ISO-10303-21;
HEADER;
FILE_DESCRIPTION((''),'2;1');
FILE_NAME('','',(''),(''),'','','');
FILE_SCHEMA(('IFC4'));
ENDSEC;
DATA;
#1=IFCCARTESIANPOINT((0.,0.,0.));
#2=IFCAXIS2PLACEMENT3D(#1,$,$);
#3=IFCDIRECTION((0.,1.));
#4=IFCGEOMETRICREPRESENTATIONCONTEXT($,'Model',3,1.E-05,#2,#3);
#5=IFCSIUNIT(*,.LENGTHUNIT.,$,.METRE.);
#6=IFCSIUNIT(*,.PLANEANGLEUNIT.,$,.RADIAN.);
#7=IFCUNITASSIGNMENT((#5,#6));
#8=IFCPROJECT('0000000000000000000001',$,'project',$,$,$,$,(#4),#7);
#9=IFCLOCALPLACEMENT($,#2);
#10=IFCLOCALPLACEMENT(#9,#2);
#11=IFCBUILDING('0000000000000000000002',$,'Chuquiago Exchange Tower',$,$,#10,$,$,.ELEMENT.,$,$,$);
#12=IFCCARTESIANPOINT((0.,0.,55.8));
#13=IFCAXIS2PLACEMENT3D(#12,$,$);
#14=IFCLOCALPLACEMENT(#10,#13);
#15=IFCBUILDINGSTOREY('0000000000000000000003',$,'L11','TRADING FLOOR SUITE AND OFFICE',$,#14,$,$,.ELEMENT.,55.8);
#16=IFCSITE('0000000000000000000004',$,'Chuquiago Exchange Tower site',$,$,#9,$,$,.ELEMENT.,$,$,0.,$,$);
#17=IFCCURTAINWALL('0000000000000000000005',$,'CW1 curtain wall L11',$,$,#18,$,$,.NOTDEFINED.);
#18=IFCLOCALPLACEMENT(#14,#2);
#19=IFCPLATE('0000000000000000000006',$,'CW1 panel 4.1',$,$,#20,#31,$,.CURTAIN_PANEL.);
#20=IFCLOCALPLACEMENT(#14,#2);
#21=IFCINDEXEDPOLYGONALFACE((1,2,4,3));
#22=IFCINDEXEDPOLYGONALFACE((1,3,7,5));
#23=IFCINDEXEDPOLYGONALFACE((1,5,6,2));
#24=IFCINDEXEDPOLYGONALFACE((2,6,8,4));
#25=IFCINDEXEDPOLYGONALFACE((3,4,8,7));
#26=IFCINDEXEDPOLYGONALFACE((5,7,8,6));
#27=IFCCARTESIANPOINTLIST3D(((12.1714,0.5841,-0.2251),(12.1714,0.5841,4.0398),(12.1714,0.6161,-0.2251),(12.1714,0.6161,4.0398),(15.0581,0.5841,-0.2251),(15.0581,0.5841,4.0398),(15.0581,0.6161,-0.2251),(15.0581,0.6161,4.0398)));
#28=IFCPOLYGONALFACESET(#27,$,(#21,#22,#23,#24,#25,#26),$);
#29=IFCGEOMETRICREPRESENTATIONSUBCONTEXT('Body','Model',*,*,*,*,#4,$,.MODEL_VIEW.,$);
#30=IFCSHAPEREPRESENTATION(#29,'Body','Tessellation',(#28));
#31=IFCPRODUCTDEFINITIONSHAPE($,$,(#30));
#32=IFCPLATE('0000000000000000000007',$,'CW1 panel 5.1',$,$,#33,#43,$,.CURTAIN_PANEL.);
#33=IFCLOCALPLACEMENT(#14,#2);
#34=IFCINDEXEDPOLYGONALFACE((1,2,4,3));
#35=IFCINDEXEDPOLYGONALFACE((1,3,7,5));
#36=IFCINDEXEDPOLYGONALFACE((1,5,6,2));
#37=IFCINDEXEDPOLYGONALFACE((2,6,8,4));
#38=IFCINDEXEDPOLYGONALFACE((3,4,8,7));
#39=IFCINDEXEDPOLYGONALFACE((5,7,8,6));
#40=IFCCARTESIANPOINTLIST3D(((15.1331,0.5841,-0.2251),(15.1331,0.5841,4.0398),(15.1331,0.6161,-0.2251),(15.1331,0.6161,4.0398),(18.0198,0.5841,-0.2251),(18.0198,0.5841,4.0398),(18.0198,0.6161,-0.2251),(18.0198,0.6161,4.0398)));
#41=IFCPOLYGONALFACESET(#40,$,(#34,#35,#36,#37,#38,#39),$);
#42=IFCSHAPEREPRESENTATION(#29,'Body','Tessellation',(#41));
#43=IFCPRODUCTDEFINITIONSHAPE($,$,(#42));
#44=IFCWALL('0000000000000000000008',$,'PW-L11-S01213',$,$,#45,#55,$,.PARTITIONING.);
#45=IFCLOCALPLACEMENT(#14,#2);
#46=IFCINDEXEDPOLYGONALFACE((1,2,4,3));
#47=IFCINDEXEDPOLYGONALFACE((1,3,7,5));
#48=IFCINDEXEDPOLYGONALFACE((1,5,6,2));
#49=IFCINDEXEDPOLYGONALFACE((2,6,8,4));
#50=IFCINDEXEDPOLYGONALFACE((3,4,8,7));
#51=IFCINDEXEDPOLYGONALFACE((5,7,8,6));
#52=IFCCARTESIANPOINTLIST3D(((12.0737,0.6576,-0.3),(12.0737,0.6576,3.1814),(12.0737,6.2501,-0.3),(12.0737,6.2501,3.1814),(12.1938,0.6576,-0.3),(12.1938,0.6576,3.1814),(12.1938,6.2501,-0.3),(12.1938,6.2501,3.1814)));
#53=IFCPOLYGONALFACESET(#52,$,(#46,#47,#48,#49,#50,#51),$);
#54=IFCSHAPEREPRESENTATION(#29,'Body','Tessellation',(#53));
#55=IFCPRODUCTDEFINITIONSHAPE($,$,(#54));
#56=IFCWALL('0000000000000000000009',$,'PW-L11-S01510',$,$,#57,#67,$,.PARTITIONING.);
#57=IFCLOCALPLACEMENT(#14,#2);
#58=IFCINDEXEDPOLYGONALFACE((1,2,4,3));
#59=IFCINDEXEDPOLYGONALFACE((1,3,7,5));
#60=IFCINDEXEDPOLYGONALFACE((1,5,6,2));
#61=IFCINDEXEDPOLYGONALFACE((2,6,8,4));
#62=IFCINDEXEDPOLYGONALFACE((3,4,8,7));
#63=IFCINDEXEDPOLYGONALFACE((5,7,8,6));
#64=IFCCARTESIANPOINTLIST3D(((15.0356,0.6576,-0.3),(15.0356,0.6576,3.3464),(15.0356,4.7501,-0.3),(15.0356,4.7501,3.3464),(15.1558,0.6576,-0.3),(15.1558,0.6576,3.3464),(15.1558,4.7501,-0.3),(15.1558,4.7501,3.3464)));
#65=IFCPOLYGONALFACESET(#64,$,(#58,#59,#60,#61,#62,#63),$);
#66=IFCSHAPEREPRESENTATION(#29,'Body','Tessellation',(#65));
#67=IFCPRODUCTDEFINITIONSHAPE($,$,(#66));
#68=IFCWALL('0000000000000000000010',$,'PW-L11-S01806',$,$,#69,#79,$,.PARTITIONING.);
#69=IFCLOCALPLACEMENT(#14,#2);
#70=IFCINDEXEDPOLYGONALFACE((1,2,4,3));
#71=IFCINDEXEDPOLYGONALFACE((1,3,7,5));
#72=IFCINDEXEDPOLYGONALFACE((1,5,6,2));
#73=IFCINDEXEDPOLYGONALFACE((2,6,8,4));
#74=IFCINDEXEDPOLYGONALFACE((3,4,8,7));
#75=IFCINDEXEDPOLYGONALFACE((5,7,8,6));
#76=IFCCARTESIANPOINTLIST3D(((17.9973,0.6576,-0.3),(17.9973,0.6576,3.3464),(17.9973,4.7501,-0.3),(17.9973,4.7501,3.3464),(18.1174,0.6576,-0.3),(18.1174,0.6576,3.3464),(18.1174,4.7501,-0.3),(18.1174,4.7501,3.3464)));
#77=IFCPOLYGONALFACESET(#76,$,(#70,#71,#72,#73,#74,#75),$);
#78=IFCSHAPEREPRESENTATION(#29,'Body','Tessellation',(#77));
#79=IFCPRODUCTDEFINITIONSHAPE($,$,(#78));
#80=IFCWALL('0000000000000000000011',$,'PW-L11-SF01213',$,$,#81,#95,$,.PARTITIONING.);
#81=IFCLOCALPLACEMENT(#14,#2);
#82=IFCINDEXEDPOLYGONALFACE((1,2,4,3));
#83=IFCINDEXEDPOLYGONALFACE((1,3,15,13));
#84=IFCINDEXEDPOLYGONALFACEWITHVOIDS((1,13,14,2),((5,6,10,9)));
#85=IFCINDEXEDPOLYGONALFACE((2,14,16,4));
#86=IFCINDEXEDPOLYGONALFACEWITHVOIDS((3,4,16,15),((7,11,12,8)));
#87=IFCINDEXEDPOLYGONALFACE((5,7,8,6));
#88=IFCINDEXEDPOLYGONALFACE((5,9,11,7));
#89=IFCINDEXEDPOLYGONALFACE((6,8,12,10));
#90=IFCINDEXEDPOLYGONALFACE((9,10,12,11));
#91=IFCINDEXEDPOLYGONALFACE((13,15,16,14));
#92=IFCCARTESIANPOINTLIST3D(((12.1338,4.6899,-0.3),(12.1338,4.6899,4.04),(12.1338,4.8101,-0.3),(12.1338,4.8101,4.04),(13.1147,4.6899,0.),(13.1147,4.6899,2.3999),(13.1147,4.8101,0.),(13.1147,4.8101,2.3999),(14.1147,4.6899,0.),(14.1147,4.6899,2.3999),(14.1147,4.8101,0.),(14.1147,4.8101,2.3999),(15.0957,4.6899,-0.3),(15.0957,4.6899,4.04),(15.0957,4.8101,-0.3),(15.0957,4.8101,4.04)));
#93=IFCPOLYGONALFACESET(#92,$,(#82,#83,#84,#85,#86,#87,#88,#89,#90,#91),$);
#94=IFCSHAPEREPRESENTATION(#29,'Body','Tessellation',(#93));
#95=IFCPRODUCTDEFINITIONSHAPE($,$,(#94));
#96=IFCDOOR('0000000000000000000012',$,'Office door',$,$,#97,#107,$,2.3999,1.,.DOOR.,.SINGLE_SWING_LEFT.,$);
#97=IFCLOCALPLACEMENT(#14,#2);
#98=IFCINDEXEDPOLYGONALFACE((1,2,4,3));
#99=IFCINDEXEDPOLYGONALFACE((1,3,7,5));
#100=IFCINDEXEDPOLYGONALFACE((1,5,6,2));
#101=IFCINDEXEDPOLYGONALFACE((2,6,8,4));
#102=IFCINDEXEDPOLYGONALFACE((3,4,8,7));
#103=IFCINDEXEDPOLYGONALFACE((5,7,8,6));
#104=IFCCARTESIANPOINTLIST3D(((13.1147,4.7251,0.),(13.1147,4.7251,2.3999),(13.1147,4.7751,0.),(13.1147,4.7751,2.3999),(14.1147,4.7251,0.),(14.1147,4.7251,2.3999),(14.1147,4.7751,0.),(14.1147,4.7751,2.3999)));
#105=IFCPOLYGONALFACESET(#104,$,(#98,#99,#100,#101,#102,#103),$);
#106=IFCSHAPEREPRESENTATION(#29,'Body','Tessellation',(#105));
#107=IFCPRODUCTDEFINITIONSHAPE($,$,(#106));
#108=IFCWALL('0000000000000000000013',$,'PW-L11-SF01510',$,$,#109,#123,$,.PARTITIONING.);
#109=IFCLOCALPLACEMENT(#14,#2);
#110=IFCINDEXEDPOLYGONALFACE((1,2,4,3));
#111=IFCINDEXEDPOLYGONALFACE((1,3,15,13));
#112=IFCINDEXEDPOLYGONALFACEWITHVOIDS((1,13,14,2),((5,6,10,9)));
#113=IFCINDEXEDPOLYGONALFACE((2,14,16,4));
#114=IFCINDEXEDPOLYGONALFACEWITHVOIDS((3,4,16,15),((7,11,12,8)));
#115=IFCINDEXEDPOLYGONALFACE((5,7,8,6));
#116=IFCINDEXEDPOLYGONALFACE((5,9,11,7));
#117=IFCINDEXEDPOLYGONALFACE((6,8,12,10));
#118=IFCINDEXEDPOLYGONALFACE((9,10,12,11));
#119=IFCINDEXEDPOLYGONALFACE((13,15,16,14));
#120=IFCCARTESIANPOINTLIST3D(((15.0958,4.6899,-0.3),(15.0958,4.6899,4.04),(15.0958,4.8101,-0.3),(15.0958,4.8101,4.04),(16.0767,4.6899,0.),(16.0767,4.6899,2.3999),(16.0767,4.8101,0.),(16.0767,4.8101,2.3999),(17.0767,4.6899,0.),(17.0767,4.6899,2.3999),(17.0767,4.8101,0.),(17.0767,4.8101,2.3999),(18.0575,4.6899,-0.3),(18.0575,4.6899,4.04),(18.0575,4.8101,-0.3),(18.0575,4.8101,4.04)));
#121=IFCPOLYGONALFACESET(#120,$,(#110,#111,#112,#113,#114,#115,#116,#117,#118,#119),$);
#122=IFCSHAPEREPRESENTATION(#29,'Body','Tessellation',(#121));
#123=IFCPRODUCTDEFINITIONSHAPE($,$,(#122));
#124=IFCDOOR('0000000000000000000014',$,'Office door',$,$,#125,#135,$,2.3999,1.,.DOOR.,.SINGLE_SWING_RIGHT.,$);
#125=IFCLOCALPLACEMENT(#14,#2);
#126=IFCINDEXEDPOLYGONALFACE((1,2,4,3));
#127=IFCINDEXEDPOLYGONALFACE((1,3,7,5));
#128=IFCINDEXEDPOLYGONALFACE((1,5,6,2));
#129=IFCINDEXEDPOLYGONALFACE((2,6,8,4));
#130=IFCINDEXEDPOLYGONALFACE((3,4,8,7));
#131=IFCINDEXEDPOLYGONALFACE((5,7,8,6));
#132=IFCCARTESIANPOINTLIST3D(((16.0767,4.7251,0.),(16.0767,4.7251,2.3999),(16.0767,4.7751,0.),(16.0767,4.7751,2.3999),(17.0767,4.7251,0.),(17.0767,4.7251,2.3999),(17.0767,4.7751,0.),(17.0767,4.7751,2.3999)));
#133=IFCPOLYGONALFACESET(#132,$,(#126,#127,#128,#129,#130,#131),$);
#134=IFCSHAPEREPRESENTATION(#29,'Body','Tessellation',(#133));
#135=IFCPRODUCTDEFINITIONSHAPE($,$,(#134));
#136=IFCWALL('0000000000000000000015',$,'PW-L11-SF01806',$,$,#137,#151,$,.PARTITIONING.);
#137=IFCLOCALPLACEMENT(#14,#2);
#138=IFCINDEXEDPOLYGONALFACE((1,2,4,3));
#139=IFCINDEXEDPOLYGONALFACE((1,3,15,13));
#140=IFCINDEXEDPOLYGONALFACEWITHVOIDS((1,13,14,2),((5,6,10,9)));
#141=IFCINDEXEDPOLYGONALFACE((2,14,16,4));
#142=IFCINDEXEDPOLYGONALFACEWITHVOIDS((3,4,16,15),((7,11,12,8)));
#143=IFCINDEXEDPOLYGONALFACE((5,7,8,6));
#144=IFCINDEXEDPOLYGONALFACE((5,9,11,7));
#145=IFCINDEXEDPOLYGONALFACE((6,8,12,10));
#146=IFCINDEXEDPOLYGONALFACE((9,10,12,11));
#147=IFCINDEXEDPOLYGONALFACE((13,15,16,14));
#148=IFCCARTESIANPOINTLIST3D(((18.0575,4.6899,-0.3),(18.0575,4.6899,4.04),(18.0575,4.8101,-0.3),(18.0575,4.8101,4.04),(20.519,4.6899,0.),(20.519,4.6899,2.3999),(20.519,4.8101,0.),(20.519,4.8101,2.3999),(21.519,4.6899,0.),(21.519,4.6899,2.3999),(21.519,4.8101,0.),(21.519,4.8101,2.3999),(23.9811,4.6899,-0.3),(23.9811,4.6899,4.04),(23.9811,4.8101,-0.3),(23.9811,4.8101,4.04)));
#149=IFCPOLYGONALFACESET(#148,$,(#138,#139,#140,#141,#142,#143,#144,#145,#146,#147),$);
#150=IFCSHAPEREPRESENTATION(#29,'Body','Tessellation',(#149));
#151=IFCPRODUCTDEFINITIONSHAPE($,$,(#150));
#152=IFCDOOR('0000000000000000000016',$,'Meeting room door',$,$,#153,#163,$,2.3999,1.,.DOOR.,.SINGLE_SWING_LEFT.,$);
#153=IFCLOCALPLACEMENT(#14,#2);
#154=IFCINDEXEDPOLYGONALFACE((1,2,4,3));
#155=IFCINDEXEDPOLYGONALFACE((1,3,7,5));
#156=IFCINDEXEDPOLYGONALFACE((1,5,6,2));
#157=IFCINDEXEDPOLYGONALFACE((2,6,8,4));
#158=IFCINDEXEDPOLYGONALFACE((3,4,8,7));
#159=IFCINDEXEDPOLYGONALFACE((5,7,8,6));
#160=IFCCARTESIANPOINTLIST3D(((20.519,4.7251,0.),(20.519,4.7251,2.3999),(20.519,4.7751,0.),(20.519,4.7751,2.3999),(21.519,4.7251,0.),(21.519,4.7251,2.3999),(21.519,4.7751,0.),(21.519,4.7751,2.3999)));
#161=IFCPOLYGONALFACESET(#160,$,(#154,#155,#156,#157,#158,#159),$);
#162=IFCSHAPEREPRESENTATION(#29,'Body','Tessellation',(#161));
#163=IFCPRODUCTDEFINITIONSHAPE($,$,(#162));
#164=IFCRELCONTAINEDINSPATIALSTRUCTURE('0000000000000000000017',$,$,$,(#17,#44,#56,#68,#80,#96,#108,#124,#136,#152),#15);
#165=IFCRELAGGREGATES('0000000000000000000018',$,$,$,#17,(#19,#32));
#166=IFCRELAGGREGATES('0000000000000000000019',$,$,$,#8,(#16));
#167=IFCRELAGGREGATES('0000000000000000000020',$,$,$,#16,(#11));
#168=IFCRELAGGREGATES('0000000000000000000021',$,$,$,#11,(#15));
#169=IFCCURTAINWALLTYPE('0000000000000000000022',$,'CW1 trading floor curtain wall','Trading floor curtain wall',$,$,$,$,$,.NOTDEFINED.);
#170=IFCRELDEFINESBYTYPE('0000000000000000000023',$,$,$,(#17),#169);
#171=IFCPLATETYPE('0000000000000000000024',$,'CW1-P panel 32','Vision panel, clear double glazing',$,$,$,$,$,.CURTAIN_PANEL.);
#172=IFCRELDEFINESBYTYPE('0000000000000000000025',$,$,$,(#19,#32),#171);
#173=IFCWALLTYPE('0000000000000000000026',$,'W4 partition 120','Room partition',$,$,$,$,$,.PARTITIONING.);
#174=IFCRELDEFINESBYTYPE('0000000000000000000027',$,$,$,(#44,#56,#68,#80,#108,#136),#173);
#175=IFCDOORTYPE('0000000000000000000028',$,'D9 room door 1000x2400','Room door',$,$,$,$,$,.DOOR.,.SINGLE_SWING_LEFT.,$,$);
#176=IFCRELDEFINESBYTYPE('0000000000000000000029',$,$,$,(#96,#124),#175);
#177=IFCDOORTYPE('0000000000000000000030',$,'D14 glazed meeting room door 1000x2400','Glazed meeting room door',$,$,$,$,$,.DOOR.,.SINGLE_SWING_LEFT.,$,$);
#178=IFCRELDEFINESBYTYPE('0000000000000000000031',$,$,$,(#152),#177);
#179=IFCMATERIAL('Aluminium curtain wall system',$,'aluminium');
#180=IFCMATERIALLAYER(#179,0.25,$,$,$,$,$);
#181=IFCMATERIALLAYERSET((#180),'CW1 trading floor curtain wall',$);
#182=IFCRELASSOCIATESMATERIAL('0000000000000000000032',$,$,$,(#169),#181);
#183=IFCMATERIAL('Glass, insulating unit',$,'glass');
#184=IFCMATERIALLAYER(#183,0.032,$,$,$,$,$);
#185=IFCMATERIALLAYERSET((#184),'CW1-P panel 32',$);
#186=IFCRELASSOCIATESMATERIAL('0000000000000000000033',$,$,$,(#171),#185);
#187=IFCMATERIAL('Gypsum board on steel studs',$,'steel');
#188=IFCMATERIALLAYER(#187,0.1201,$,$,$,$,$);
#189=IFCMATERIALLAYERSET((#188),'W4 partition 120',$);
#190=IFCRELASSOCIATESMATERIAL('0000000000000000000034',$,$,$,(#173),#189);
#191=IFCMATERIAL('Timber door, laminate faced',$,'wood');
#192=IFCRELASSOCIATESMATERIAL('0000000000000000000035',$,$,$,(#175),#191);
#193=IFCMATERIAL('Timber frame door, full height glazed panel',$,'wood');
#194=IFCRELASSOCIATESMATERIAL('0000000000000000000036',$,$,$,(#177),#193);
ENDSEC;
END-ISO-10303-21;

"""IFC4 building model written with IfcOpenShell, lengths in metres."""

from ifc_helpers import new_model, si_unit, direction, frame, frame_2d, origin, origin_2d, place, context, subcontext, project, spatial, rectangle, extrude, material, layer, layer_set, type_object, element, fill, aggregate, save


model = new_model("IFC4")

# Units and contexts
model_context = context("Model", 3, precision=1e-05, world=origin(), true_north=direction((0.0, 1.0)))
body_context = subcontext(model_context, "Body", "Model", "MODEL_VIEW")
ifc_project = project(units=[si_unit("LENGTHUNIT", "METRE"), si_unit("PLANEANGLEUNIT", "RADIAN")], contexts=[model_context])

# Site, building, storey
site_placement = place(None, origin())
site = spatial("IfcSite", under=ifc_project, at=site_placement, Name="Chuquiago Exchange Tower site", CompositionType="ELEMENT", RefElevation=0.0)
building_placement = place(site_placement, origin())
building = spatial("IfcBuilding", under=site, at=building_placement, Name="Chuquiago Exchange Tower", CompositionType="ELEMENT")
storey_placement = place(building_placement, frame((0.0, 0.0, 55.8)))
storey = spatial("IfcBuildingStorey", under=building, at=storey_placement, Name="L11", Description="TRADING FLOOR SUITE AND OFFICE", CompositionType="ELEMENT", Elevation=55.8)

# Curtain wall
ifc_material_1 = material(Name="Aluminium curtain wall system", Category="aluminium")
ifc_layer_1 = layer(ifc_material_1, 0.25)
ifc_layer_set_1 = layer_set([ifc_layer_1], Name="CW1 trading floor curtain wall")
curtain_wall_type = type_object("IfcCurtainWallType", Name="CW1 trading floor curtain wall", Description="Trading floor curtain wall", PredefinedType="NOTDEFINED", material=ifc_layer_set_1)
curtain_wall_placement = place(storey_placement, origin())
curtain_wall = element("IfcCurtainWall", 1, at=curtain_wall_placement, inside=storey, type_object=curtain_wall_type, Name="CW1 curtain wall L11", PredefinedType="NOTDEFINED")

# Plates
ifc_material_2 = material(Name="Glass, insulating unit", Category="glass")
ifc_layer_2 = layer(ifc_material_2, 0.032)
ifc_layer_set_2 = layer_set([ifc_layer_2], Name="CW1-P panel 32")
plate_type = type_object("IfcPlateType", Name="CW1-P panel 32", Description="Vision panel, clear double glazing", PredefinedType="CURTAIN_PANEL", material=ifc_layer_set_2)
plate_1_placement = place(storey_placement, frame((13.6147, 0.6001, -0.2251), z_axis=(0.0, 0.0, 1.0), x_axis=(1.0, 0.0, 0.0)))
plate_1 = element("IfcPlate", 2, at=plate_1_placement, type_object=plate_type, Name="CW1 panel 4.1", PredefinedType="CURTAIN_PANEL", context=body_context, shape_type="SweptSolid", body=[
    extrude(rectangle(XDim=2.8867, YDim=0.032, at=origin_2d()), origin(), (0.0, 0.0, 1.0), 4.2649),
])
plate_2_placement = place(storey_placement, frame((16.5764, 0.6001, -0.2251), z_axis=(0.0, 0.0, 1.0), x_axis=(1.0, 0.0, 0.0)))
plate_2 = element("IfcPlate", 3, at=plate_2_placement, type_object=plate_type, Name="CW1 panel 5.1", PredefinedType="CURTAIN_PANEL", context=body_context, shape_type="SweptSolid", body=[
    extrude(rectangle(XDim=2.8867, YDim=0.032, at=origin_2d()), origin(), (0.0, 0.0, 1.0), 4.2649),
])
aggregate(curtain_wall, [plate_1, plate_2])

# Walls
ifc_material_3 = material(Name="Gypsum board on steel studs", Category="steel")
ifc_layer_3 = layer(ifc_material_3, 0.1201)
ifc_layer_set_3 = layer_set([ifc_layer_3], Name="W4 partition 120")
wall_type = type_object("IfcWallType", Name="W4 partition 120", Description="Room partition", PredefinedType="PARTITIONING", material=ifc_layer_set_3)
wall_1_placement = place(storey_placement, frame((12.1338, 0.6575, -0.3), z_axis=(0.0, 0.0, 1.0), x_axis=(0.0, 1.0, 0.0)))
element("IfcWall", 4, at=wall_1_placement, inside=storey, type_object=wall_type, Name="PW-L11-S01213", PredefinedType="PARTITIONING", context=body_context, shape_type="SweptSolid", body=[
    extrude(rectangle(XDim=5.5925, YDim=0.1201, at=frame_2d((2.7964, 0.0))), origin(), (0.0, 0.0, 1.0), 3.4814),
])
for number, where, z_axis, x_axis, name in (
    (5, (15.0957, 0.6575, -0.3), (0.0, 0.0, 1.0), (0.0, 1.0, 0.0), "PW-L11-S01510"),
    (6, (18.0574, 0.6575, -0.3), (0.0, 0.0, 1.0), (0.0, 1.0, 0.0), "PW-L11-S01806"),
):
    element("IfcWall", number, at=place(storey_placement, frame(where, z_axis=z_axis, x_axis=x_axis)), inside=storey, type_object=wall_type, Name=name, PredefinedType="PARTITIONING", context=body_context, shape_type="SweptSolid", body=[
        extrude(rectangle(XDim=4.0925, YDim=0.1201, at=frame_2d((2.0464, 0.0))), origin(), (0.0, 0.0, 1.0), 3.6465),
    ])

# Walls, openings, doors
wall_2_placement = place(storey_placement, frame((12.1338, 4.75, -0.3), z_axis=(0.0, 0.0, 1.0), x_axis=(1.0, 0.0, 0.0)))
wall_2 = element("IfcWall", 7, at=wall_2_placement, inside=storey, type_object=wall_type, Name="PW-L11-SF01213", PredefinedType="PARTITIONING", context=body_context, shape_type="SweptSolid", body=[
    extrude(rectangle(XDim=2.9619, YDim=0.1201, at=frame_2d((1.481, 0.0))), origin(), (0.0, 0.0, 1.0), 4.3401),
])
opening_1_placement = place(wall_2_placement, frame((0.981, 0.0, 0.3)))
opening_1 = element("IfcOpeningElement", 8, at=opening_1_placement, cuts=wall_2, PredefinedType="OPENING", context=body_context, shape_type="SweptSolid", body=[
    extrude(rectangle(XDim=1.0, YDim=2.3999, at=frame_2d((0.5, 1.2))), frame((0.0, 0.0701, 0.0), z_axis=(0.0, -1.0, 0.0), x_axis=(1.0, 0.0, 0.0)), (0.0, 0.0, 1.0), 0.1401),
])
ifc_material_4 = material(Name="Timber door, laminate faced", Category="wood")
door_type_1 = type_object("IfcDoorType", Name="D9 room door 1000x2400", Description="Room door", OperationType="SINGLE_SWING_LEFT", PredefinedType="DOOR", material=ifc_material_4)
door_1_placement = place(opening_1_placement, frame((1.0, 0.0, 0.0), z_axis=(0.0, 0.0, 1.0), x_axis=(-1.0, 0.0, 0.0)))
door_1 = element("IfcDoor", 9, at=door_1_placement, inside=storey, type_object=door_type_1, Name="Office door", OperationType="SINGLE_SWING_LEFT", OverallHeight=2.3999, OverallWidth=1.0, PredefinedType="DOOR", context=body_context, shape_type="SweptSolid", body=[
    extrude(rectangle(XDim=1.0, YDim=2.3999, at=frame_2d((0.5, 1.2))), frame((0.0, 0.0249, 0.0), z_axis=(0.0, -1.0, 0.0), x_axis=(1.0, 0.0, 0.0)), (0.0, 0.0, 1.0), 0.05),
])
fill(opening_1, door_1)
wall_3_placement = place(storey_placement, frame((15.0957, 4.75, -0.3), z_axis=(0.0, 0.0, 1.0), x_axis=(1.0, 0.0, 0.0)))
wall_3 = element("IfcWall", 10, at=wall_3_placement, inside=storey, type_object=wall_type, Name="PW-L11-SF01510", PredefinedType="PARTITIONING", context=body_context, shape_type="SweptSolid", body=[
    extrude(rectangle(XDim=2.9617, YDim=0.1201, at=frame_2d((1.481, 0.0))), origin(), (0.0, 0.0, 1.0), 4.3401),
])
opening_2_placement = place(wall_3_placement, frame((0.981, 0.0, 0.3)))
opening_2 = element("IfcOpeningElement", 11, at=opening_2_placement, cuts=wall_3, PredefinedType="OPENING", context=body_context, shape_type="SweptSolid", body=[
    extrude(rectangle(XDim=1.0, YDim=2.3999, at=frame_2d((0.5, 1.2))), frame((0.0, 0.0701, 0.0), z_axis=(0.0, -1.0, 0.0), x_axis=(1.0, 0.0, 0.0)), (0.0, 0.0, 1.0), 0.1401),
])
door_2_placement = place(opening_2_placement, frame((1.0, 0.0, 0.0), z_axis=(0.0, 0.0, 1.0), x_axis=(-1.0, 0.0, 0.0)))
door_2 = element("IfcDoor", 12, at=door_2_placement, inside=storey, type_object=door_type_1, Name="Office door", OperationType="SINGLE_SWING_RIGHT", OverallHeight=2.3999, OverallWidth=1.0, PredefinedType="DOOR", context=body_context, shape_type="SweptSolid", body=[
    extrude(rectangle(XDim=1.0, YDim=2.3999, at=frame_2d((0.5, 1.2))), frame((0.0, 0.0249, 0.0), z_axis=(0.0, -1.0, 0.0), x_axis=(1.0, 0.0, 0.0)), (0.0, 0.0, 1.0), 0.05),
])
fill(opening_2, door_2)
wall_4_placement = place(storey_placement, frame((18.0574, 4.75, -0.3), z_axis=(0.0, 0.0, 1.0), x_axis=(1.0, 0.0, 0.0)))
wall_4 = element("IfcWall", 13, at=wall_4_placement, inside=storey, type_object=wall_type, Name="PW-L11-SF01806", PredefinedType="PARTITIONING", context=body_context, shape_type="SweptSolid", body=[
    extrude(rectangle(XDim=5.9236, YDim=0.1201, at=frame_2d((2.9619, 0.0))), origin(), (0.0, 0.0, 1.0), 4.3401),
])
opening_3_placement = place(wall_4_placement, frame((2.4617, 0.0, 0.3)))
opening_3 = element("IfcOpeningElement", 14, at=opening_3_placement, cuts=wall_4, PredefinedType="OPENING", context=body_context, shape_type="SweptSolid", body=[
    extrude(rectangle(XDim=1.0, YDim=2.3999, at=frame_2d((0.5, 1.2))), frame((0.0, 0.0701, 0.0), z_axis=(0.0, -1.0, 0.0), x_axis=(1.0, 0.0, 0.0)), (0.0, 0.0, 1.0), 0.1401),
])
ifc_material_5 = material(Name="Timber frame door, full height glazed panel", Category="wood")
door_type_2 = type_object("IfcDoorType", Name="D14 glazed meeting room door 1000x2400", Description="Glazed meeting room door", OperationType="SINGLE_SWING_LEFT", PredefinedType="DOOR", material=ifc_material_5)
door_3_placement = place(opening_3_placement, frame((1.0, 0.0, 0.0), z_axis=(0.0, 0.0, 1.0), x_axis=(-1.0, 0.0, 0.0)))
door_3 = element("IfcDoor", 15, at=door_3_placement, inside=storey, type_object=door_type_2, Name="Meeting room door", OperationType="SINGLE_SWING_LEFT", OverallHeight=2.3999, OverallWidth=1.0, PredefinedType="DOOR", context=body_context, shape_type="SweptSolid", body=[
    extrude(rectangle(XDim=1.0, YDim=2.3999, at=frame_2d((0.5, 1.2))), frame((0.0, 0.0249, 0.0), z_axis=(0.0, -1.0, 0.0), x_axis=(1.0, 0.0, 0.0)), (0.0, 0.0, 1.0), 0.05),
])
fill(opening_3, door_3)

save(model, "model.ifc")
